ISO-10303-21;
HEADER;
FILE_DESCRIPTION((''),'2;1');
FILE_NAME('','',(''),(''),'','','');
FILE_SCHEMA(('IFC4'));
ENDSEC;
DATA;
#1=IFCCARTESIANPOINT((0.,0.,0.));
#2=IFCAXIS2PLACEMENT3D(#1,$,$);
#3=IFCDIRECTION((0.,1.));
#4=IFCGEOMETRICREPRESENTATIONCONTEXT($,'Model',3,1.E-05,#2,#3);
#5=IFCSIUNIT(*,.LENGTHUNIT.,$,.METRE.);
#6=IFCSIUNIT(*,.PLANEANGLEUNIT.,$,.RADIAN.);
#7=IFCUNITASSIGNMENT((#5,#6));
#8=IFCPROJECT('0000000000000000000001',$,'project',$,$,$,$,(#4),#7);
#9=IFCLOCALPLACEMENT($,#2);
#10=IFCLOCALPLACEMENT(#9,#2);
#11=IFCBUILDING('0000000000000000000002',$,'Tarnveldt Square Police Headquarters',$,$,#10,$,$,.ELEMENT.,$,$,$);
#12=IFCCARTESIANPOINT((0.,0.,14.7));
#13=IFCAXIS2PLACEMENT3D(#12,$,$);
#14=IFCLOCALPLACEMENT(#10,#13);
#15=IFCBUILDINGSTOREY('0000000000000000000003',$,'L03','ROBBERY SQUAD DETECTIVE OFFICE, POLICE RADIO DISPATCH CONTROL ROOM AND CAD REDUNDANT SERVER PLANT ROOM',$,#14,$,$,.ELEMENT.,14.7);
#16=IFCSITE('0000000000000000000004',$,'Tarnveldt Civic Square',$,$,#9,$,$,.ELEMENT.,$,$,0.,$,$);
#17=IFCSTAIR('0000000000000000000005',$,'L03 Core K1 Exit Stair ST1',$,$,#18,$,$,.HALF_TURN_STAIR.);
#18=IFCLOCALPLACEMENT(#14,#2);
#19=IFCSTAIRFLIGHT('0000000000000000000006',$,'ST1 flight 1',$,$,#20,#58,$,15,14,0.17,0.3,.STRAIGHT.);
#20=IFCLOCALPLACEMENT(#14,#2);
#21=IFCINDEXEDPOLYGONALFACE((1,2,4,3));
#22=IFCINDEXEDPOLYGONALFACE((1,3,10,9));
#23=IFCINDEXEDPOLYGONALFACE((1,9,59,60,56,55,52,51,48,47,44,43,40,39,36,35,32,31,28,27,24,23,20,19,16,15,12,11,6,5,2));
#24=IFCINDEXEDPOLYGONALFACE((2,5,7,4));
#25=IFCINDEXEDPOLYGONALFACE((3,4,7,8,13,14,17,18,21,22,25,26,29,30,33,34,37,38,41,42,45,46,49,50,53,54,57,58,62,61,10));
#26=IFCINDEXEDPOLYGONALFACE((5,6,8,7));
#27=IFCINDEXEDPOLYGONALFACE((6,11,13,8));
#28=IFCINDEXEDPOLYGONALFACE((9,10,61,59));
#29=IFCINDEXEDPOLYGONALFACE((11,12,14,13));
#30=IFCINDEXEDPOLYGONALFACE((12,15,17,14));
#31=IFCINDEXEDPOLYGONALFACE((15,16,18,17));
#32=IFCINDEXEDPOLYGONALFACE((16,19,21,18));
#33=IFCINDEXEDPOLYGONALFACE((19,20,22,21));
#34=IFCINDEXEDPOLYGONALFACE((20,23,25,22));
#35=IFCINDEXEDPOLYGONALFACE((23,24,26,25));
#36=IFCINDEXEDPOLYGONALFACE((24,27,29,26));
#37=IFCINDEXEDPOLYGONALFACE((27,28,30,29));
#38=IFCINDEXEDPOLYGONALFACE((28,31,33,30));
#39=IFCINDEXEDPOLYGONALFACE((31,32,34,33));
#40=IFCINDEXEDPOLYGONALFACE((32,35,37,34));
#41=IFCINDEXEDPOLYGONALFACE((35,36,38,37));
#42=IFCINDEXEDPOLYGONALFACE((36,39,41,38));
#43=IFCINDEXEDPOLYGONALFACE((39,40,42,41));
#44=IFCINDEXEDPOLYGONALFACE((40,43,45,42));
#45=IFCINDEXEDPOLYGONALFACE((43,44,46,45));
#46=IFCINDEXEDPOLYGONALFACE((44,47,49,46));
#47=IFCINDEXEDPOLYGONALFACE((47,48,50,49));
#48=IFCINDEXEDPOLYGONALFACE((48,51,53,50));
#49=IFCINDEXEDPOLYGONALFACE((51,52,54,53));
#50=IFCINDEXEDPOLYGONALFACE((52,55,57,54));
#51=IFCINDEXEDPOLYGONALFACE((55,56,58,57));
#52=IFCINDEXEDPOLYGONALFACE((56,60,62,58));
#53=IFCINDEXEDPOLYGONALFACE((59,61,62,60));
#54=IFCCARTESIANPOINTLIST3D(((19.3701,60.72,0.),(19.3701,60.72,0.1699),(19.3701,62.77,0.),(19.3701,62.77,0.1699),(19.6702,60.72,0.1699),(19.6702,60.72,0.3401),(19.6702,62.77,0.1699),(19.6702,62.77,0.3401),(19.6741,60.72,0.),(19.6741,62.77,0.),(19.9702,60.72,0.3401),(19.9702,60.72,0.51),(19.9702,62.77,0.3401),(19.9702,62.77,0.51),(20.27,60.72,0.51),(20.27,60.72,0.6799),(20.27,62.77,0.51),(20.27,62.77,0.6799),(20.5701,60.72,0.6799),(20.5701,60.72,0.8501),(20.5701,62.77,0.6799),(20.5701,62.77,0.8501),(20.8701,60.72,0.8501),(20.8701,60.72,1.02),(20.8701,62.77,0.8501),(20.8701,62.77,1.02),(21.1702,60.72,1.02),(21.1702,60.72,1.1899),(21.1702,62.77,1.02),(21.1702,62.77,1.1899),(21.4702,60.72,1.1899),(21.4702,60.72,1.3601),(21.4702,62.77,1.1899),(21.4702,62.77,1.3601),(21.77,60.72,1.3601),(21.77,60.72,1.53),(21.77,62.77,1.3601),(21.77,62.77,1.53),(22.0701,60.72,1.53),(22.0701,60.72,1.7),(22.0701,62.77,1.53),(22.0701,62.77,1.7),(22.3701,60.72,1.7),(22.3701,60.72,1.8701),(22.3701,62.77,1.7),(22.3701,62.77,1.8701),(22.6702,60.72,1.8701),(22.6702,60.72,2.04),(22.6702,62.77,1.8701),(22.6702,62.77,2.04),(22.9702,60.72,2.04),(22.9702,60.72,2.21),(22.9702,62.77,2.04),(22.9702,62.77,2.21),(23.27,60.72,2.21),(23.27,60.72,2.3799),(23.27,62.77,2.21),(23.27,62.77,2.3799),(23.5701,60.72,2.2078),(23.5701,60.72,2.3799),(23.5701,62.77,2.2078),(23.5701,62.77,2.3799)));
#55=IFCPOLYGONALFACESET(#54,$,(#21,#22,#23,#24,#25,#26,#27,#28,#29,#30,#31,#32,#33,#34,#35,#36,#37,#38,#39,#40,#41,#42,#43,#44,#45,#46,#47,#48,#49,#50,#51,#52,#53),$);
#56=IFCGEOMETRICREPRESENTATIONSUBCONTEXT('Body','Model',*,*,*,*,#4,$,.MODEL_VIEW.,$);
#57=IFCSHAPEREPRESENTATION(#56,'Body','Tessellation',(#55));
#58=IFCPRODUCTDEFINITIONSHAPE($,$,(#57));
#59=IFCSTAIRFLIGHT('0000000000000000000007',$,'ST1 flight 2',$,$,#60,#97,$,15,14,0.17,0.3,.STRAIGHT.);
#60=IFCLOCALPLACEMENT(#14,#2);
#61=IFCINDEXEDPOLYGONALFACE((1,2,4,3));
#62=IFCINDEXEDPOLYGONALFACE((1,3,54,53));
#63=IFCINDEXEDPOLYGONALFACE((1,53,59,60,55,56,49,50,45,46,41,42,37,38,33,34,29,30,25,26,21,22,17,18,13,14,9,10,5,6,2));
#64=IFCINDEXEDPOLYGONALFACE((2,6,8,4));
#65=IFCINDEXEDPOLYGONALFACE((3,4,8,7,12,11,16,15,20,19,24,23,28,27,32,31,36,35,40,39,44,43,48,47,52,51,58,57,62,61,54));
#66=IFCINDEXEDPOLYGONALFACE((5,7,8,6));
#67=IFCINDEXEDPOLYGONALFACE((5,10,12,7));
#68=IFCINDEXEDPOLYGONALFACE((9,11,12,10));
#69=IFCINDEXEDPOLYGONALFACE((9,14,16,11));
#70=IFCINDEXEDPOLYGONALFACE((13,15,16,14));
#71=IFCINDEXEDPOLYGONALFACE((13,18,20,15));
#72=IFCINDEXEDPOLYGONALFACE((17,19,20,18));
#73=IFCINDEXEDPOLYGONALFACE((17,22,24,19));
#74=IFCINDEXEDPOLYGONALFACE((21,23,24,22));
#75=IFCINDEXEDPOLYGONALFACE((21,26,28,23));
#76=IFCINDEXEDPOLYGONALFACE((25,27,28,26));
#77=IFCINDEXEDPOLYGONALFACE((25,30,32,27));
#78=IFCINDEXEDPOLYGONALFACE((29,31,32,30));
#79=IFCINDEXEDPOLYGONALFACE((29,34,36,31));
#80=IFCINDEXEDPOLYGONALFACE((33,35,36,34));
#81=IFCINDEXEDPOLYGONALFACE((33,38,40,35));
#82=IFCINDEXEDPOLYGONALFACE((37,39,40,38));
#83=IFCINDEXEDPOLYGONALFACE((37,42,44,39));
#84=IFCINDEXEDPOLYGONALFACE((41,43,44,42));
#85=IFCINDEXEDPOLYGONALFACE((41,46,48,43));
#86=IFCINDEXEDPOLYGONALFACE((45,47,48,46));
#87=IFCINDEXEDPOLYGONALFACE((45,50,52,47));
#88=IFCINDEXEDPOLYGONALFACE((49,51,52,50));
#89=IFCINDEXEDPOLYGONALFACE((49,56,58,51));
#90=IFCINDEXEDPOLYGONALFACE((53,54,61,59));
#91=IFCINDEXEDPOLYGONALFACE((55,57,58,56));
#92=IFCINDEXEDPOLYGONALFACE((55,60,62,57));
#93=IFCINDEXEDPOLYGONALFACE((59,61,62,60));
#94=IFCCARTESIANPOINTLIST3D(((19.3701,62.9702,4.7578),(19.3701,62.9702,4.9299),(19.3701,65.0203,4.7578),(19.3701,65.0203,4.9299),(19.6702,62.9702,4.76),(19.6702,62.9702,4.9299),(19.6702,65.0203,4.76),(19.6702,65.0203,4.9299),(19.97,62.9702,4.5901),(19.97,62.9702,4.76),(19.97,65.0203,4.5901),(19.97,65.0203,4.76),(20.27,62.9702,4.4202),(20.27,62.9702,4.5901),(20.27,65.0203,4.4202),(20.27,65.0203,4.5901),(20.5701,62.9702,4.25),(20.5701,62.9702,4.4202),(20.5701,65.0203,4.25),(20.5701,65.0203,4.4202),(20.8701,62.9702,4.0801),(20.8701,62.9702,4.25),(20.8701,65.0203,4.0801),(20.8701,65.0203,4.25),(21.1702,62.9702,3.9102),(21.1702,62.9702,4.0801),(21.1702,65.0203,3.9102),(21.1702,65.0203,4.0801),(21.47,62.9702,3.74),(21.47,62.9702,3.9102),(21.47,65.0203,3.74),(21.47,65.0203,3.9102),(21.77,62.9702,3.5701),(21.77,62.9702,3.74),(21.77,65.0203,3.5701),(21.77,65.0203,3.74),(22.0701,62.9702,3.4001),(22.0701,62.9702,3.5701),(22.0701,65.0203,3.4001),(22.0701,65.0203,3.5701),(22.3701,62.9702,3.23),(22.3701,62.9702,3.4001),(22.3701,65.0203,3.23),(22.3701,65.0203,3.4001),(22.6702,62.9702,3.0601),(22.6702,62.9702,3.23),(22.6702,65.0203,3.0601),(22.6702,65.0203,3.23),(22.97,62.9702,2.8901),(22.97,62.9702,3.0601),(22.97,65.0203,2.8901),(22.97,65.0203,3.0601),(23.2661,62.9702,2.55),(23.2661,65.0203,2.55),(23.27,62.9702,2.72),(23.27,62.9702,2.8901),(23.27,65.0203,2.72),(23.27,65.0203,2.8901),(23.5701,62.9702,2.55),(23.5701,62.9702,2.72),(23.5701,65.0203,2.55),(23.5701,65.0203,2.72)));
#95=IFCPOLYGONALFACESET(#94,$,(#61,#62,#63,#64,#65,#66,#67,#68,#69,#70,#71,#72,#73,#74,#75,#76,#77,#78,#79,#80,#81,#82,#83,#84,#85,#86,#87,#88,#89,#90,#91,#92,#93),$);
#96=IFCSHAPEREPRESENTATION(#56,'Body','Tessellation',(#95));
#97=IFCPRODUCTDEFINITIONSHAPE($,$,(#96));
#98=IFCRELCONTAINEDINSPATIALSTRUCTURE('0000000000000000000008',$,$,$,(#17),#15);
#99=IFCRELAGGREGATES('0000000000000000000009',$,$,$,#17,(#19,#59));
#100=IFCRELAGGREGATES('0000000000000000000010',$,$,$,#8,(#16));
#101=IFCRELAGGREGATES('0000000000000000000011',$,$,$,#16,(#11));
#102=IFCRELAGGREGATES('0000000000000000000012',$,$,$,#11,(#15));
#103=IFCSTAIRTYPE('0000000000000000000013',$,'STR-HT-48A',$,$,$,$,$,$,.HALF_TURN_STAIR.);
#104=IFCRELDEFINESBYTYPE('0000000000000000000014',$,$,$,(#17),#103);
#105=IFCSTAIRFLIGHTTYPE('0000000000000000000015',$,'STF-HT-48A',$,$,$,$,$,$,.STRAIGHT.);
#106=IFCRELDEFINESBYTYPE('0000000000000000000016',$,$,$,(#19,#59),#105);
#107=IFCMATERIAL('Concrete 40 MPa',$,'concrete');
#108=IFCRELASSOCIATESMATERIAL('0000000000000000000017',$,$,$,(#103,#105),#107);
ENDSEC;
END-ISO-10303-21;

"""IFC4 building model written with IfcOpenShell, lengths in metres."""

from ifc_helpers import new_model, si_unit, direction, frame, origin, place, context, subcontext, project, spatial, polyline, outline, extrude, material, type_object, element, aggregate, save


model = new_model("IFC4")

# Units and contexts
model_context = context("Model", 3, precision=1e-05, world=origin(), true_north=direction((0.0, 1.0)))
body_context = subcontext(model_context, "Body", "Model", "MODEL_VIEW")
ifc_project = project(units=[si_unit("LENGTHUNIT", "METRE"), si_unit("PLANEANGLEUNIT", "RADIAN")], contexts=[model_context])

# Site, building, storey
site_placement = place(None, origin())
site = spatial("IfcSite", under=ifc_project, at=site_placement, Name="Tarnveldt Civic Square", CompositionType="ELEMENT", RefElevation=0.0)
building_placement = place(site_placement, origin())
building = spatial("IfcBuilding", under=site, at=building_placement, Name="Tarnveldt Square Police Headquarters", CompositionType="ELEMENT")
storey_placement = place(building_placement, frame((0.0, 0.0, 14.7)))
storey = spatial("IfcBuildingStorey", under=building, at=storey_placement, Name="L03", Description="ROBBERY SQUAD DETECTIVE OFFICE, POLICE RADIO DISPATCH CONTROL ROOM AND CAD REDUNDANT SERVER PLANT ROOM", CompositionType="ELEMENT", Elevation=14.7)

# Shared definitions
ifc_material_1 = material(Name="Concrete 40 MPa", Category="concrete")

# Stair, stair flights
stair_type = type_object("IfcStairType", Name="STR-HT-48A", PredefinedType="HALF_TURN_STAIR", material=ifc_material_1)
stair_placement = place(storey_placement, origin())
stair = element("IfcStair", 1, at=stair_placement, inside=storey, type_object=stair_type, Name="L03 Core K1 Exit Stair ST1", PredefinedType="HALF_TURN_STAIR")
stair_flight_type = type_object("IfcStairFlightType", Name="STF-HT-48A", PredefinedType="STRAIGHT", material=ifc_material_1)
stair_flight_1_placement = place(storey_placement, frame((19.3701, 61.7451, 0.0), z_axis=(0.0, 0.0, 1.0), x_axis=(1.0, 0.0, 0.0)))
stair_flight_1 = element("IfcStairFlight", 2, at=stair_flight_1_placement, type_object=stair_flight_type, Name="ST1 flight 1", NumberOfRisers=15, NumberOfTreads=14, PredefinedType="STRAIGHT", RiserHeight=0.17, TreadLength=0.3, context=body_context, shape_type="SweptSolid", body=[
    extrude(outline(polyline([(0.0, 0.0), (0.0, 0.1699), (0.3, 0.1699), (0.3, 0.3401), (0.6001, 0.3401), (0.6001, 0.51), (0.8999, 0.51), (0.8999, 0.6799), (1.2, 0.6799), (1.2, 0.8501), (1.5, 0.8501), (1.5, 1.02), (1.8, 1.02), (1.8, 1.1899), (2.1001, 1.1899), (2.1001, 1.3601), (2.3999, 1.3601), (2.3999, 1.53), (2.7, 1.53), (2.7, 1.7), (3.0, 1.7), (3.0, 1.8701), (3.3, 1.8701), (3.3, 2.04), (3.6001, 2.04), (3.6001, 2.21), (3.8999, 2.21), (3.8999, 2.3799), (4.2, 2.3799), (4.2, 2.55), (4.2, 2.2078), (0.304, 0.0), (0.0, 0.0)])), frame((0.0, 1.0249, 0.0), z_axis=(0.0, -1.0, 0.0), x_axis=(1.0, 0.0, 0.0)), (0.0, 0.0, 1.0), 2.05),
])
stair_flight_2_placement = place(storey_placement, frame((23.5701, 63.9951, 2.55), z_axis=(0.0, 0.0, 1.0), x_axis=(-1.0, 0.0, 0.0)))
stair_flight_2 = element("IfcStairFlight", 3, at=stair_flight_2_placement, type_object=stair_flight_type, Name="ST1 flight 2", NumberOfRisers=15, NumberOfTreads=14, PredefinedType="STRAIGHT", RiserHeight=0.17, TreadLength=0.3, context=body_context, shape_type="SweptSolid", body=[
    extrude(outline(polyline([(0.0, 0.0), (0.0, 0.1699), (0.3, 0.1699), (0.3, 0.3401), (0.6001, 0.3401), (0.6001, 0.51), (0.8999, 0.51), (0.8999, 0.6799), (1.2, 0.6799), (1.2, 0.8501), (1.5, 0.8501), (1.5, 1.02), (1.8, 1.02), (1.8, 1.1899), (2.1001, 1.1899), (2.1001, 1.3601), (2.3999, 1.3601), (2.3999, 1.53), (2.7, 1.53), (2.7, 1.7), (3.0, 1.7), (3.0, 1.8701), (3.3, 1.8701), (3.3, 2.04), (3.6001, 2.04), (3.6001, 2.21), (3.8999, 2.21), (3.8999, 2.3799), (4.2, 2.3799), (4.2, 2.55), (4.2, 2.2078), (0.304, 0.0), (0.0, 0.0)])), frame((0.0, 1.0249, 0.0), z_axis=(0.0, -1.0, 0.0), x_axis=(1.0, 0.0, 0.0)), (0.0, 0.0, 1.0), 2.05),
])
aggregate(stair, [stair_flight_1, stair_flight_2])

save(model, "model.ifc")
